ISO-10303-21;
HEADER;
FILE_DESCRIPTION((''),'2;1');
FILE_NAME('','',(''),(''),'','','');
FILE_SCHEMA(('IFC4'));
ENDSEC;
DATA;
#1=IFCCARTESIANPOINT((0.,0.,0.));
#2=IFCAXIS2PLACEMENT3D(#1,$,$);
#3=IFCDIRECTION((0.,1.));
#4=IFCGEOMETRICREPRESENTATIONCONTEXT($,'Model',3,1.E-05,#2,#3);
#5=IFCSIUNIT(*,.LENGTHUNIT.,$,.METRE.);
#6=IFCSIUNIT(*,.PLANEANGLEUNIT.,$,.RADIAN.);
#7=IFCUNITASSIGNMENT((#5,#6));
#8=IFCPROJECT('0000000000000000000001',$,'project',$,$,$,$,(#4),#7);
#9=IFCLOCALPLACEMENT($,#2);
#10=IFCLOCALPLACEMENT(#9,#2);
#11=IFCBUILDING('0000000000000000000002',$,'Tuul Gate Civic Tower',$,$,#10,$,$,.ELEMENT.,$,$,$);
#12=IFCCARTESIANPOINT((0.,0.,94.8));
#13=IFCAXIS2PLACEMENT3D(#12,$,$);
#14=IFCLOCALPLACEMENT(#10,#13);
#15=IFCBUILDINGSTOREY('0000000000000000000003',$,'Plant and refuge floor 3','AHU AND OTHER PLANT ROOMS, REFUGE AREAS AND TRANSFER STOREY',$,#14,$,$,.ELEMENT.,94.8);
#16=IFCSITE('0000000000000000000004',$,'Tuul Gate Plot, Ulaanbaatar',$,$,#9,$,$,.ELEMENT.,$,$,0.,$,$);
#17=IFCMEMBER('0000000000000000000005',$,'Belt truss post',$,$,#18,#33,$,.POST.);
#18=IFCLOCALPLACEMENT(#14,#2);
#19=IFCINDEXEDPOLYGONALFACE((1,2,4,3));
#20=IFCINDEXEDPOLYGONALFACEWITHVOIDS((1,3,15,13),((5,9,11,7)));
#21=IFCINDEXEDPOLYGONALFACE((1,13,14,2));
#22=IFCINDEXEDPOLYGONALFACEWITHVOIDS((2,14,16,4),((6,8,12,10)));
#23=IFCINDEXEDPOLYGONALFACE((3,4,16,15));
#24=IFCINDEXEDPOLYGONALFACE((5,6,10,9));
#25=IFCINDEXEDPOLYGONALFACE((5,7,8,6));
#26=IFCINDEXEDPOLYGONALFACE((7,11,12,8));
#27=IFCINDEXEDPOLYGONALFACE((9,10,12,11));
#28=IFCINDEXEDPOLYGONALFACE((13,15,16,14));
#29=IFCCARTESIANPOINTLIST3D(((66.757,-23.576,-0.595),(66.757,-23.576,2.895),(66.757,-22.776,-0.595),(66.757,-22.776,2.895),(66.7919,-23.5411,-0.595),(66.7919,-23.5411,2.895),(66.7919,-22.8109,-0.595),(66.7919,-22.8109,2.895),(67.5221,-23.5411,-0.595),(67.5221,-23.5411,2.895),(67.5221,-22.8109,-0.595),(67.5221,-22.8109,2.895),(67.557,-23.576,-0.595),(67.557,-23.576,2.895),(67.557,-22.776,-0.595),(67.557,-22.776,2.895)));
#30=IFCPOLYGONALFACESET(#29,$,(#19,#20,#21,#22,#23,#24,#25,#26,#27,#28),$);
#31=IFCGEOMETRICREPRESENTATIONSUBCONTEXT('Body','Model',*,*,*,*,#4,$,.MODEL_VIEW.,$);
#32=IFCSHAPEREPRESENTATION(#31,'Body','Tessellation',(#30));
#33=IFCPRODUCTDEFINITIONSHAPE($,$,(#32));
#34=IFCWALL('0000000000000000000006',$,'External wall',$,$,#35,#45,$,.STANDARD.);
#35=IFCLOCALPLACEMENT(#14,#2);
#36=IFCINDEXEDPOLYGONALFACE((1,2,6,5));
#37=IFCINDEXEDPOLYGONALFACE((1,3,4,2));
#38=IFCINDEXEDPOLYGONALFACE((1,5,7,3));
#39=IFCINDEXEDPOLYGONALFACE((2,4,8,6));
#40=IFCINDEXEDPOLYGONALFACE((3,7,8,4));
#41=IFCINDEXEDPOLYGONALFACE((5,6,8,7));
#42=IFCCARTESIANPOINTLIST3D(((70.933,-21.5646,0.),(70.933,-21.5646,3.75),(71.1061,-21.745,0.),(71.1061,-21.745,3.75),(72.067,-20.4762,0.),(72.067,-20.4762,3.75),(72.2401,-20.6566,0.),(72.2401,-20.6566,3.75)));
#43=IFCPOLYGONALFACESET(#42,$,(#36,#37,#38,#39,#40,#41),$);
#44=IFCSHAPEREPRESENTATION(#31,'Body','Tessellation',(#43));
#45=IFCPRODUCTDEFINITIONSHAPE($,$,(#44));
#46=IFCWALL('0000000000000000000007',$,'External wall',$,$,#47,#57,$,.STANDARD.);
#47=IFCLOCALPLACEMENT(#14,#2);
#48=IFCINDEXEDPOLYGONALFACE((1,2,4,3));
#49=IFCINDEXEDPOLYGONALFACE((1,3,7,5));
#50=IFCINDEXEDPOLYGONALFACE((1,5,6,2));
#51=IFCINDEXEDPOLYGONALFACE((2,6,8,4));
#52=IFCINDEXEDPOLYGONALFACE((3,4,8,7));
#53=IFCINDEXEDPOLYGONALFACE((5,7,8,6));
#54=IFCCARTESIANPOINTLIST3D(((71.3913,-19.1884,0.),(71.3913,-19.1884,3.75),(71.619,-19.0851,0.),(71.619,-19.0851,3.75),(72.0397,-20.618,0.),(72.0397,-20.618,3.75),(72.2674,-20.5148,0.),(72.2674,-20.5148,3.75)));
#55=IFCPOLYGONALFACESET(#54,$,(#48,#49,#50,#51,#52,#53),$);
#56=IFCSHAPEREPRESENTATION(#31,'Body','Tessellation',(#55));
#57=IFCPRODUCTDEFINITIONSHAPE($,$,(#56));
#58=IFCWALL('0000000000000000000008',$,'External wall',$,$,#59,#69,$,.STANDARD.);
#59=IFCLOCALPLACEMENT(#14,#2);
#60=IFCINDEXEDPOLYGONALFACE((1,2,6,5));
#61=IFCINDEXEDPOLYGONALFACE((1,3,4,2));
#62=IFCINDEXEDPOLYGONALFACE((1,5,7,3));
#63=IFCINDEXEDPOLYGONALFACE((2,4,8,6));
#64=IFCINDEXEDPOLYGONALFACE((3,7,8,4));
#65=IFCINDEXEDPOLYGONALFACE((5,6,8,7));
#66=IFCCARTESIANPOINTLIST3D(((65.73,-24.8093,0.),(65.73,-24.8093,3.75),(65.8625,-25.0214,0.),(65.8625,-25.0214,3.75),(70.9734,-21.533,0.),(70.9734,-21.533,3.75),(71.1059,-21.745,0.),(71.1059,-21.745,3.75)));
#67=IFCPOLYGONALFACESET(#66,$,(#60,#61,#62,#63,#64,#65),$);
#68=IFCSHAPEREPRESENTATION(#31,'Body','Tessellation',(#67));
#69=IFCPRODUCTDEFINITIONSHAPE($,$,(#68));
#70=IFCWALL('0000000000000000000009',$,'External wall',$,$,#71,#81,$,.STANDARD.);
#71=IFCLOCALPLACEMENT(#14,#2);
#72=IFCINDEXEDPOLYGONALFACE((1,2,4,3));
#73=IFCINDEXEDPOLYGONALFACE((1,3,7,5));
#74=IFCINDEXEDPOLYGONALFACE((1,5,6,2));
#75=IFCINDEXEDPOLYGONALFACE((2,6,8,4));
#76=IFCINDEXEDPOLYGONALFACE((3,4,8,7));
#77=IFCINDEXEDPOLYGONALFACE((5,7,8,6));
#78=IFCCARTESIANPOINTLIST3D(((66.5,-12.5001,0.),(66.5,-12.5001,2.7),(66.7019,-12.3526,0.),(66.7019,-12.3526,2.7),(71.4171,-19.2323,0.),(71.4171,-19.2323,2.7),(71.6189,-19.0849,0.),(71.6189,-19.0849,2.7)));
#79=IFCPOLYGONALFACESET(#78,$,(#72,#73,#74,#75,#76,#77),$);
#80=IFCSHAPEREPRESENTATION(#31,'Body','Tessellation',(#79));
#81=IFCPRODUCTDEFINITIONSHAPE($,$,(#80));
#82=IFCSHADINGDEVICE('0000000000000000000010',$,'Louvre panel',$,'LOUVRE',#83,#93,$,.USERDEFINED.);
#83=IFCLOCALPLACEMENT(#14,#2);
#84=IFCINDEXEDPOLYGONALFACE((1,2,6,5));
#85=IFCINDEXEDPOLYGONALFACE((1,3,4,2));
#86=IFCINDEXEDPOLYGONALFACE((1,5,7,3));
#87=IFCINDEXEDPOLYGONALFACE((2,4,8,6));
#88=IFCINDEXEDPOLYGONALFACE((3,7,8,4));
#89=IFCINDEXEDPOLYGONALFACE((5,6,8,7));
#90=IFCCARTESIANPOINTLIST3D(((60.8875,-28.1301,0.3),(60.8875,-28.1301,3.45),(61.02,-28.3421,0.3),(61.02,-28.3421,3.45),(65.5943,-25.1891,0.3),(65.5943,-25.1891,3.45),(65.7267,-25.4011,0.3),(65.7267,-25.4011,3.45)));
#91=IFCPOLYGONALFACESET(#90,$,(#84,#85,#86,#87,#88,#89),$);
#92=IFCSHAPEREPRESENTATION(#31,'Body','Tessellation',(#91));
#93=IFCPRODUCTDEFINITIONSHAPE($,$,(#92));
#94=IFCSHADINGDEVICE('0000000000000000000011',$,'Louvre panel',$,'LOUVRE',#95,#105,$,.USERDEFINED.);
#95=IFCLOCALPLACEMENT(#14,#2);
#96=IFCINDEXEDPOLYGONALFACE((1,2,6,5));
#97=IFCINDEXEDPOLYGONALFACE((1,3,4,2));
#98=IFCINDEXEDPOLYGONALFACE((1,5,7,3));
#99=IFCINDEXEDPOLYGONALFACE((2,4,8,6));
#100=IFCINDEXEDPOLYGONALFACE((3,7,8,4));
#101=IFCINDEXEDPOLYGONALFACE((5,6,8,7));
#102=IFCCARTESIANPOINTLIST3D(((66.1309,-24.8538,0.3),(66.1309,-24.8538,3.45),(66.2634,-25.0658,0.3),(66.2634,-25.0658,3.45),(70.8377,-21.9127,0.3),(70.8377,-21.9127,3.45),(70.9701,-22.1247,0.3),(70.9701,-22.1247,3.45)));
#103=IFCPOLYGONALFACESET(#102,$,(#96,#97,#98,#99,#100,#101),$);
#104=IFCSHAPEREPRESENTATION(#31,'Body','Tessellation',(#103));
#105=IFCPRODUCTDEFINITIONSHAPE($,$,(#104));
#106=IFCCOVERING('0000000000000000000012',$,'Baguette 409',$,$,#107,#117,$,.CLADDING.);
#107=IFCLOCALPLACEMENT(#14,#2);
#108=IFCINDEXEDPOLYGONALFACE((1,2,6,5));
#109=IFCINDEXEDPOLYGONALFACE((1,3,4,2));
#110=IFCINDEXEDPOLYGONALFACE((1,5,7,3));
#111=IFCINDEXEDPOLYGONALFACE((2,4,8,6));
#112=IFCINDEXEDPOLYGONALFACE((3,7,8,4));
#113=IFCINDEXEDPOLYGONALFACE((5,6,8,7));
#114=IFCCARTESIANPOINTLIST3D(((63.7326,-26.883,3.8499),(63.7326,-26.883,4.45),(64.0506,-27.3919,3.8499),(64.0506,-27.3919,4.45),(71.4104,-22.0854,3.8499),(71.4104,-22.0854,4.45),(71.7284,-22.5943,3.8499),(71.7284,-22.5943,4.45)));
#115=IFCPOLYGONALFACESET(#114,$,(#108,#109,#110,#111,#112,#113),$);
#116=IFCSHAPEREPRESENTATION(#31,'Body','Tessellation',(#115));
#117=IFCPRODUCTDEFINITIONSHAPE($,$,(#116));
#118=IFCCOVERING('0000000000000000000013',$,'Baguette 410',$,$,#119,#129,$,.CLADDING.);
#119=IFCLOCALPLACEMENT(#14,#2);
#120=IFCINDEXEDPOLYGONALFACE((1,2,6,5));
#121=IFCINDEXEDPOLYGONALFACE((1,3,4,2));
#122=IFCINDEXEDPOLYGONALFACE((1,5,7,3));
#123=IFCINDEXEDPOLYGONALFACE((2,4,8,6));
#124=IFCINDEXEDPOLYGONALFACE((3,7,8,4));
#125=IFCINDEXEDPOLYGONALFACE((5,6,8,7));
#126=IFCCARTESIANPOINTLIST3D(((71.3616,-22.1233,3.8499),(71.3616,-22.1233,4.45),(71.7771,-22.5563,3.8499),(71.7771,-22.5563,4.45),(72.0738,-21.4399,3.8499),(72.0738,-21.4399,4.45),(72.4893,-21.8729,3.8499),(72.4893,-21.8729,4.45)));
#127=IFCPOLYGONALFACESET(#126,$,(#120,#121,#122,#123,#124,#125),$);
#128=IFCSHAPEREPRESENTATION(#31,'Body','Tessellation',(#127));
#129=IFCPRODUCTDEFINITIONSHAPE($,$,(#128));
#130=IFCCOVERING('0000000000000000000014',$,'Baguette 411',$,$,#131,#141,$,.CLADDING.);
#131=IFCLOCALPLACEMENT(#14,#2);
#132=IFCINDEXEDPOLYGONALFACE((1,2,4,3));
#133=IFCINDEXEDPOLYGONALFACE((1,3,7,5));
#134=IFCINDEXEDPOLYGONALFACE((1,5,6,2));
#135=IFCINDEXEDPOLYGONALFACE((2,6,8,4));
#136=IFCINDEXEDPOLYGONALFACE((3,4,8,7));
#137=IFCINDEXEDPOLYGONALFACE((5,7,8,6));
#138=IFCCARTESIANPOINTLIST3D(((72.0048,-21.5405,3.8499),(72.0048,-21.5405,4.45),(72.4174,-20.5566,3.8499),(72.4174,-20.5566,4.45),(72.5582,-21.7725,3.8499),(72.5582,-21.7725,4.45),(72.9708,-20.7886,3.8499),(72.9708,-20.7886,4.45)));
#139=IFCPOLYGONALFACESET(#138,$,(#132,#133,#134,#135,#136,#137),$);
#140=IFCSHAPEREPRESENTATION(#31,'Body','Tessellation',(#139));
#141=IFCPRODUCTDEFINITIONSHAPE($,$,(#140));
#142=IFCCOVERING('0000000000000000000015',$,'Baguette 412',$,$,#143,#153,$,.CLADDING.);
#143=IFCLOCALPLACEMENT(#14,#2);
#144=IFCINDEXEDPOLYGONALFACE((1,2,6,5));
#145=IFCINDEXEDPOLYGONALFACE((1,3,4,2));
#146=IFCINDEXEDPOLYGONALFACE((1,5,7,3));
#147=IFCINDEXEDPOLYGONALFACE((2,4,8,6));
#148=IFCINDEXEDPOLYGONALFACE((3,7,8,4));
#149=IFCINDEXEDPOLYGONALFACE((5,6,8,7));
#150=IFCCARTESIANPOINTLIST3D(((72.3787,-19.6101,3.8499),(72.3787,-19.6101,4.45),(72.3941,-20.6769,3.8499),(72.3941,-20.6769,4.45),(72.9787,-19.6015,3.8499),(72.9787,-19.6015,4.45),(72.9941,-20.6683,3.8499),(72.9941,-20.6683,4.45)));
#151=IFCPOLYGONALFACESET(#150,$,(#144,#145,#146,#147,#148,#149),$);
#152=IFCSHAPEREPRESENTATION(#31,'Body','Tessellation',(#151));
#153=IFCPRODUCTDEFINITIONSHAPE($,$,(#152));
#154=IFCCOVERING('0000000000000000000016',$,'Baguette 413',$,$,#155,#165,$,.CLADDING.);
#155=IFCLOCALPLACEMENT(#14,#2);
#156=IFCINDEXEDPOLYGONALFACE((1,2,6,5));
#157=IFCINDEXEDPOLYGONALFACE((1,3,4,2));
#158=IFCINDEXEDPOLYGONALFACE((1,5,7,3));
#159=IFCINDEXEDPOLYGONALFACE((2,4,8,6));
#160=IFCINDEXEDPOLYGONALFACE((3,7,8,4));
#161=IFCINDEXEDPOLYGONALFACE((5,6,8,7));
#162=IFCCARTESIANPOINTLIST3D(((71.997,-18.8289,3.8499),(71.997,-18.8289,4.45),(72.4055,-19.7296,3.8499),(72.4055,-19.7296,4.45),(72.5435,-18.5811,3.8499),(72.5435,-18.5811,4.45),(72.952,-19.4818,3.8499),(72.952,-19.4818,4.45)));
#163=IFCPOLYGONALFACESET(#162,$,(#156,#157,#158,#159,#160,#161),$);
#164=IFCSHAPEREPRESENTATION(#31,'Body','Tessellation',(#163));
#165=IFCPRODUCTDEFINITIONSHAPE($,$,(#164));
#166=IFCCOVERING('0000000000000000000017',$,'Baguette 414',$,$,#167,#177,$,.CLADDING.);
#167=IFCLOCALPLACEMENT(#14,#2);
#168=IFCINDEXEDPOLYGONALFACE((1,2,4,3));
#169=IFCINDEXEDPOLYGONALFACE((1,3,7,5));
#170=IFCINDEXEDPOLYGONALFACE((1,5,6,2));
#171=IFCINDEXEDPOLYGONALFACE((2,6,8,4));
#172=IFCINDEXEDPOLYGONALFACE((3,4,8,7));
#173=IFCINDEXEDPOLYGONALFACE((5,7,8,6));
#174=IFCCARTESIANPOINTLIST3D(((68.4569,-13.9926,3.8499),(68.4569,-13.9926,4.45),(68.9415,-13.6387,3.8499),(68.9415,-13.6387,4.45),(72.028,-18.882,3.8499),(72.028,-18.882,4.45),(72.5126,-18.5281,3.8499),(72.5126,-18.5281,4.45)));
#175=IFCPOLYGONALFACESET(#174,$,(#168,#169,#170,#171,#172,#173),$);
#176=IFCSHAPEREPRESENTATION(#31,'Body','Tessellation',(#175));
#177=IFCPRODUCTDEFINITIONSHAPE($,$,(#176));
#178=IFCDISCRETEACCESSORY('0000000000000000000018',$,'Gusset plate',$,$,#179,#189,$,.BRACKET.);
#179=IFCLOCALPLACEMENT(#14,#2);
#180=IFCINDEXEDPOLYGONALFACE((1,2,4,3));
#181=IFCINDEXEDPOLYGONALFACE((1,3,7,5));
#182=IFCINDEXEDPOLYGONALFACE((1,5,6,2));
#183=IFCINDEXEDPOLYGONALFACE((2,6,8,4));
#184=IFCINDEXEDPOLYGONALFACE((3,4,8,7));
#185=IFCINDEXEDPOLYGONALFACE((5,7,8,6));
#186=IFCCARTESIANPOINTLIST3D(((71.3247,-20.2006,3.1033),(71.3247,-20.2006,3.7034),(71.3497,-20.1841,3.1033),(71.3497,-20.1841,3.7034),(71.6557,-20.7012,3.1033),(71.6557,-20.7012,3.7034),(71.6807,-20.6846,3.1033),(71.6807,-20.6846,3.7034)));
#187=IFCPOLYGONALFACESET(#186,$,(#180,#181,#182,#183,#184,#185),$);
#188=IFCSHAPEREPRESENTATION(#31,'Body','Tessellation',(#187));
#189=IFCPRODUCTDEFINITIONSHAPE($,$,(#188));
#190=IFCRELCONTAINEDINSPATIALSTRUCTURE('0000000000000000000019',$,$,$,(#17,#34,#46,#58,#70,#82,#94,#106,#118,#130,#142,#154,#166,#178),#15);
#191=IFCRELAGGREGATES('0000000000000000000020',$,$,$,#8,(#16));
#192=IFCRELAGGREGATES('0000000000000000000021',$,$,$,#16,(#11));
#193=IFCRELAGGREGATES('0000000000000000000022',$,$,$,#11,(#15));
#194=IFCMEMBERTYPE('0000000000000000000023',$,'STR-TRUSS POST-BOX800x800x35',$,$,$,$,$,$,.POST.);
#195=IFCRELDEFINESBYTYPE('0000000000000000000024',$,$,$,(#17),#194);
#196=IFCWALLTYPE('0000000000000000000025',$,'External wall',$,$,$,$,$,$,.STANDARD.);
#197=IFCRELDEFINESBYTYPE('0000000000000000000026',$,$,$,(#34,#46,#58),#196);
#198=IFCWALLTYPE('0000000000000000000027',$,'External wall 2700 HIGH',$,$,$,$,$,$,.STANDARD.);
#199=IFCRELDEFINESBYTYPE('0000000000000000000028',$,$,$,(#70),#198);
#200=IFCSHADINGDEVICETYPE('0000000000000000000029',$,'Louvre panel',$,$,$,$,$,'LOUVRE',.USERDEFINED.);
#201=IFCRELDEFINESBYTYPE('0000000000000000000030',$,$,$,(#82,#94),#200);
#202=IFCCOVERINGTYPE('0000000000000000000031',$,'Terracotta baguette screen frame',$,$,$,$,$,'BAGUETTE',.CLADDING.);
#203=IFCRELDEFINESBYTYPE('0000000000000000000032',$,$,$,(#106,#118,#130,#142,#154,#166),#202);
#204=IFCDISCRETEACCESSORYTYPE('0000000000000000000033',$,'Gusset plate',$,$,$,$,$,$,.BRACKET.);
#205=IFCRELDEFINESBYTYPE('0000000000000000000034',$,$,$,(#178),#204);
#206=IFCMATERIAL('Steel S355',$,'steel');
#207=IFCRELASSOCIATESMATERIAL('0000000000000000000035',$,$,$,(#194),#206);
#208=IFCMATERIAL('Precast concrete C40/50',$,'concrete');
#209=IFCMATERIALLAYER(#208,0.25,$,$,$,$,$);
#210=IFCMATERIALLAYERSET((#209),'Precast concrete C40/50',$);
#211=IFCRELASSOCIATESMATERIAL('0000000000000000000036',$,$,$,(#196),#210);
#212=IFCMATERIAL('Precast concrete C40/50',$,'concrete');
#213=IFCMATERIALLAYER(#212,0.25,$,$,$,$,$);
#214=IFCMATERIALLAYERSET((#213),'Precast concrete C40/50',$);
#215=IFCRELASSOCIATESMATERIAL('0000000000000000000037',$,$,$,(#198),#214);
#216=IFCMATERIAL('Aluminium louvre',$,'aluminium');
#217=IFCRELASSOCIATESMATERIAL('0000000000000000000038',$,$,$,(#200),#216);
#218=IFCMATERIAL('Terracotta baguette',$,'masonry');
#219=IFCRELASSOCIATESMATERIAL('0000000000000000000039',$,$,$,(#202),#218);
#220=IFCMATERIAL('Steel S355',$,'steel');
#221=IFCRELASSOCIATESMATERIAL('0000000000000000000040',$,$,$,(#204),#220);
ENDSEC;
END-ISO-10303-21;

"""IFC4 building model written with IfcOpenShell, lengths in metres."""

from ifc_helpers import new_model, si_unit, direction, frame, frame_2d, origin, origin_2d, place, context, subcontext, project, spatial, rectangle, hollow_rectangle, extrude, material, layer, layer_set, material_profile, profile_set, type_object, element, save


model = new_model("IFC4")

# Units and contexts
model_context = context("Model", 3, precision=1e-05, world=origin(), true_north=direction((0.0, 1.0)))
body_context = subcontext(model_context, "Body", "Model", "MODEL_VIEW")
ifc_project = project(units=[si_unit("LENGTHUNIT", "METRE"), si_unit("PLANEANGLEUNIT", "RADIAN")], contexts=[model_context])

# Site, building, storey
site_placement = place(None, origin())
site = spatial("IfcSite", under=ifc_project, at=site_placement, Name="Tuul Gate Plot, Ulaanbaatar", CompositionType="ELEMENT", RefElevation=0.0)
building_placement = place(site_placement, origin())
building = spatial("IfcBuilding", under=site, at=building_placement, Name="Tuul Gate Civic Tower", CompositionType="ELEMENT")
storey_placement = place(building_placement, frame((0.0, 0.0, 94.8)))
storey = spatial("IfcBuildingStorey", under=building, at=storey_placement, Name="Plant and refuge floor 3", Description="AHU AND OTHER PLANT ROOMS, REFUGE AREAS AND TRANSFER STOREY", CompositionType="ELEMENT", Elevation=94.8)

# Member
ifc_material_1 = material(Name="Steel S355", Category="steel")
ifc_material_profile_1 = material_profile(ifc_material_1, hollow_rectangle(XDim=0.8, YDim=0.8, WallThickness=0.0349, at=origin_2d()), Name="BOX800x800x35")
ifc_profile_set_1 = profile_set([ifc_material_profile_1], Name="Steel S355")
member_type_1 = type_object("IfcMemberType", Name="STR-TRUSS POST-BOX800x800x35", PredefinedType="POST", material=ifc_profile_set_1)
for number, where, z_axis, x_axis, name in (
    (1, (67.157, -23.176, -0.595), (0.0, 0.0, 1.0), (1.0, 0.0, 0.0), "Belt truss post"),
):
    element("IfcMember", number, at=place(storey_placement, frame(where, z_axis=z_axis, x_axis=x_axis)), inside=storey, type_object=member_type_1, Name=name, PredefinedType="POST", context=body_context, shape_type="SweptSolid", body=[
        extrude(hollow_rectangle(XDim=0.8, YDim=0.8, WallThickness=0.0349, at=origin_2d()), origin(), (0.0, 0.0, 1.0), 3.49),
    ])

# Walls
ifc_material_2 = material(Name="Precast concrete C40/50", Category="concrete")
ifc_layer_1 = layer(ifc_material_2, 0.25)
ifc_layer_set_1 = layer_set([ifc_layer_1], Name="Precast concrete C40/50")
wall_type_1 = type_object("IfcWallType", Name="External wall", PredefinedType="STANDARD", material=ifc_layer_set_1)
wall_1_placement = place(storey_placement, frame((71.0195, -21.6548, 0.0), z_axis=(0.0, 0.0, 1.0), x_axis=(0.72148, 0.692435, 0.0)))
element("IfcWall", 2, at=wall_1_placement, inside=storey, type_object=wall_type_1, Name="External wall", PredefinedType="STANDARD", context=body_context, shape_type="SweptSolid", body=[
    extrude(rectangle(XDim=1.5718, YDim=0.25, at=frame_2d((0.7859, 0.0))), origin(), (0.0, 0.0, 1.0), 3.75),
])
wall_2_placement = place(storey_placement, frame((72.1536, -20.5664, 0.0), z_axis=(0.0, 0.0, 1.0), x_axis=(-0.413053, 0.910707, 0.0)))
element("IfcWall", 3, at=wall_2_placement, inside=storey, type_object=wall_type_1, Name="External wall", PredefinedType="STANDARD", context=body_context, shape_type="SweptSolid", body=[
    extrude(rectangle(XDim=1.5698, YDim=0.25, at=frame_2d((0.7849, 0.0))), origin(), (0.0, 0.0, 1.0), 3.75),
])
wall_3_placement = place(storey_placement, frame((65.7964, -24.9153, 0.0), z_axis=(0.0, 0.0, 1.0), x_axis=(0.848054, 0.52991, 0.0)))
element("IfcWall", 4, at=wall_3_placement, inside=storey, type_object=wall_type_1, Name="External wall", PredefinedType="STANDARD", context=body_context, shape_type="SweptSolid", body=[
    extrude(rectangle(XDim=6.1829, YDim=0.25, at=frame_2d((3.0913, 0.0))), origin(), (0.0, 0.0, 1.0), 3.75),
])
ifc_material_3 = material(Name="Precast concrete C40/50", Category="concrete")
ifc_layer_2 = layer(ifc_material_3, 0.25)
ifc_layer_set_2 = layer_set([ifc_layer_2], Name="Precast concrete C40/50")
wall_type_2 = type_object("IfcWallType", Name="External wall 2700 HIGH", PredefinedType="STANDARD", material=ifc_layer_set_2)
wall_4_placement = place(storey_placement, frame((71.5181, -19.1587, 0.0), z_axis=(0.0, 0.0, 1.0), x_axis=(-0.589807, 0.807544, 0.0)))
element("IfcWall", 5, at=wall_4_placement, inside=storey, type_object=wall_type_2, Name="External wall", PredefinedType="STANDARD", context=body_context, shape_type="SweptSolid", body=[
    extrude(rectangle(XDim=8.3367, YDim=0.25, at=frame_2d((4.1685, 0.0))), origin(), (0.0, 0.0, 1.0), 2.7),
])

# Shading devices
ifc_material_4 = material(Name="Aluminium louvre", Category="aluminium")
shading_device_type = type_object("IfcShadingDeviceType", Name="Louvre panel", ElementType="LOUVRE", PredefinedType="USERDEFINED", material=ifc_material_4)
for number, where, z_axis, x_axis, name in (
    (6, (63.3071, -26.7656, 0.3), (0.0, 0.0, 1.0), (0.529912, -0.848053, 0.0), "Louvre panel"),
    (7, (68.5505, -23.4893, 0.3), (0.0, 0.0, 1.0), (0.529912, -0.848053, 0.0), "Louvre panel"),
):
    element("IfcShadingDevice", number, at=place(storey_placement, frame(where, z_axis=z_axis, x_axis=x_axis)), inside=storey, type_object=shading_device_type, Name=name, ObjectType="LOUVRE", PredefinedType="USERDEFINED", context=body_context, shape_type="SweptSolid", body=[
        extrude(rectangle(XDim=0.25, YDim=5.55, at=origin_2d()), origin(), (0.0, 0.0, 1.0), 3.1499),
    ])

# Coverings
ifc_material_5 = material(Name="Terracotta baguette", Category="masonry")
ifc_material_profile_2 = material_profile(ifc_material_5, rectangle(XDim=0.6001, YDim=0.6001, at=origin_2d()), Name="Terracotta baguette screen frame")
ifc_profile_set_2 = profile_set([ifc_material_profile_2], Name="Terracotta baguette")
covering_type = type_object("IfcCoveringType", Name="Terracotta baguette screen frame", ElementType="BAGUETTE", PredefinedType="CLADDING", material=ifc_profile_set_2)
covering_1_placement = place(storey_placement, frame((63.8916, -27.1375, 4.1499), z_axis=(0.848047, 0.529921, 0.0), x_axis=(-0.529921, 0.848047, 0.0)))
element("IfcCovering", 8, at=covering_1_placement, inside=storey, type_object=covering_type, Name="Baguette 409", PredefinedType="CLADDING", context=body_context, shape_type="SweptSolid", body=[
    extrude(rectangle(XDim=0.6001, YDim=0.6001, at=origin_2d()), origin(), (0.0, 0.0, 1.0), 9.0535),
])
covering_2_placement = place(storey_placement, frame((71.5693, -22.3398, 4.1499), z_axis=(0.72155, 0.692362, 0.0), x_axis=(-0.692362, 0.72155, 0.0)))
element("IfcCovering", 9, at=covering_2_placement, inside=storey, type_object=covering_type, Name="Baguette 410", PredefinedType="CLADDING", context=body_context, shape_type="SweptSolid", body=[
    extrude(rectangle(XDim=0.6001, YDim=0.6001, at=origin_2d()), origin(), (0.0, 0.0, 1.0), 0.9871),
])
for number, where, z_axis, x_axis, name in (
    (10, (72.2815, -21.6565, 4.1499), (0.386727, 0.922194, 0.0), (-0.922194, 0.386727, 0.0), "Baguette 411"),
    (11, (72.6941, -20.6726, 4.1499), (-0.014415, 0.999896, 0.0), (-0.999896, -0.014415, 0.0), "Baguette 412"),
):
    element("IfcCovering", number, at=place(storey_placement, frame(where, z_axis=z_axis, x_axis=x_axis)), inside=storey, type_object=covering_type, Name=name, PredefinedType="CLADDING", context=body_context, shape_type="SweptSolid", body=[
        extrude(rectangle(XDim=0.6001, YDim=0.6001, at=origin_2d()), origin(), (0.0, 0.0, 1.0), 1.0669),
    ])
covering_3_placement = place(storey_placement, frame((72.6787, -19.6057, 4.1499), z_axis=(-0.413022, 0.910721, 0.0), x_axis=(-0.910721, -0.413022, 0.0)))
element("IfcCovering", 12, at=covering_3_placement, inside=storey, type_object=covering_type, Name="Baguette 413", PredefinedType="CLADDING", context=body_context, shape_type="SweptSolid", body=[
    extrude(rectangle(XDim=0.6001, YDim=0.6001, at=origin_2d()), origin(), (0.0, 0.0, 1.0), 0.989),
])
covering_4_placement = place(storey_placement, frame((72.2703, -18.7051, 4.1499), z_axis=(-0.589803, 0.807547, 0.0), x_axis=(-0.807547, -0.589803, 0.0)))
element("IfcCovering", 13, at=covering_4_placement, inside=storey, type_object=covering_type, Name="Baguette 414", PredefinedType="CLADDING", context=body_context, shape_type="SweptSolid", body=[
    extrude(rectangle(XDim=0.6001, YDim=0.6001, at=origin_2d()), origin(), (0.0, 0.0, 1.0), 6.0547),
])

# Discrete accessory
ifc_material_6 = material(Name="Steel S355", Category="steel")
discrete_accessory_type = type_object("IfcDiscreteAccessoryType", Name="Gusset plate", PredefinedType="BRACKET", material=ifc_material_6)
discrete_accessory_placement = place(storey_placement, frame((71.5027, -20.4426, 3.1033), z_axis=(0.0, 0.0, 1.0), x_axis=(-0.551598, 0.83411, 0.0)))
element("IfcDiscreteAccessory", 14, at=discrete_accessory_placement, inside=storey, type_object=discrete_accessory_type, Name="Gusset plate", PredefinedType="BRACKET", context=body_context, shape_type="SweptSolid", body=[
    extrude(rectangle(XDim=0.6001, YDim=0.03, at=origin_2d()), origin(), (0.0, 0.0, 1.0), 0.6001),
])

save(model, "model.ifc")
